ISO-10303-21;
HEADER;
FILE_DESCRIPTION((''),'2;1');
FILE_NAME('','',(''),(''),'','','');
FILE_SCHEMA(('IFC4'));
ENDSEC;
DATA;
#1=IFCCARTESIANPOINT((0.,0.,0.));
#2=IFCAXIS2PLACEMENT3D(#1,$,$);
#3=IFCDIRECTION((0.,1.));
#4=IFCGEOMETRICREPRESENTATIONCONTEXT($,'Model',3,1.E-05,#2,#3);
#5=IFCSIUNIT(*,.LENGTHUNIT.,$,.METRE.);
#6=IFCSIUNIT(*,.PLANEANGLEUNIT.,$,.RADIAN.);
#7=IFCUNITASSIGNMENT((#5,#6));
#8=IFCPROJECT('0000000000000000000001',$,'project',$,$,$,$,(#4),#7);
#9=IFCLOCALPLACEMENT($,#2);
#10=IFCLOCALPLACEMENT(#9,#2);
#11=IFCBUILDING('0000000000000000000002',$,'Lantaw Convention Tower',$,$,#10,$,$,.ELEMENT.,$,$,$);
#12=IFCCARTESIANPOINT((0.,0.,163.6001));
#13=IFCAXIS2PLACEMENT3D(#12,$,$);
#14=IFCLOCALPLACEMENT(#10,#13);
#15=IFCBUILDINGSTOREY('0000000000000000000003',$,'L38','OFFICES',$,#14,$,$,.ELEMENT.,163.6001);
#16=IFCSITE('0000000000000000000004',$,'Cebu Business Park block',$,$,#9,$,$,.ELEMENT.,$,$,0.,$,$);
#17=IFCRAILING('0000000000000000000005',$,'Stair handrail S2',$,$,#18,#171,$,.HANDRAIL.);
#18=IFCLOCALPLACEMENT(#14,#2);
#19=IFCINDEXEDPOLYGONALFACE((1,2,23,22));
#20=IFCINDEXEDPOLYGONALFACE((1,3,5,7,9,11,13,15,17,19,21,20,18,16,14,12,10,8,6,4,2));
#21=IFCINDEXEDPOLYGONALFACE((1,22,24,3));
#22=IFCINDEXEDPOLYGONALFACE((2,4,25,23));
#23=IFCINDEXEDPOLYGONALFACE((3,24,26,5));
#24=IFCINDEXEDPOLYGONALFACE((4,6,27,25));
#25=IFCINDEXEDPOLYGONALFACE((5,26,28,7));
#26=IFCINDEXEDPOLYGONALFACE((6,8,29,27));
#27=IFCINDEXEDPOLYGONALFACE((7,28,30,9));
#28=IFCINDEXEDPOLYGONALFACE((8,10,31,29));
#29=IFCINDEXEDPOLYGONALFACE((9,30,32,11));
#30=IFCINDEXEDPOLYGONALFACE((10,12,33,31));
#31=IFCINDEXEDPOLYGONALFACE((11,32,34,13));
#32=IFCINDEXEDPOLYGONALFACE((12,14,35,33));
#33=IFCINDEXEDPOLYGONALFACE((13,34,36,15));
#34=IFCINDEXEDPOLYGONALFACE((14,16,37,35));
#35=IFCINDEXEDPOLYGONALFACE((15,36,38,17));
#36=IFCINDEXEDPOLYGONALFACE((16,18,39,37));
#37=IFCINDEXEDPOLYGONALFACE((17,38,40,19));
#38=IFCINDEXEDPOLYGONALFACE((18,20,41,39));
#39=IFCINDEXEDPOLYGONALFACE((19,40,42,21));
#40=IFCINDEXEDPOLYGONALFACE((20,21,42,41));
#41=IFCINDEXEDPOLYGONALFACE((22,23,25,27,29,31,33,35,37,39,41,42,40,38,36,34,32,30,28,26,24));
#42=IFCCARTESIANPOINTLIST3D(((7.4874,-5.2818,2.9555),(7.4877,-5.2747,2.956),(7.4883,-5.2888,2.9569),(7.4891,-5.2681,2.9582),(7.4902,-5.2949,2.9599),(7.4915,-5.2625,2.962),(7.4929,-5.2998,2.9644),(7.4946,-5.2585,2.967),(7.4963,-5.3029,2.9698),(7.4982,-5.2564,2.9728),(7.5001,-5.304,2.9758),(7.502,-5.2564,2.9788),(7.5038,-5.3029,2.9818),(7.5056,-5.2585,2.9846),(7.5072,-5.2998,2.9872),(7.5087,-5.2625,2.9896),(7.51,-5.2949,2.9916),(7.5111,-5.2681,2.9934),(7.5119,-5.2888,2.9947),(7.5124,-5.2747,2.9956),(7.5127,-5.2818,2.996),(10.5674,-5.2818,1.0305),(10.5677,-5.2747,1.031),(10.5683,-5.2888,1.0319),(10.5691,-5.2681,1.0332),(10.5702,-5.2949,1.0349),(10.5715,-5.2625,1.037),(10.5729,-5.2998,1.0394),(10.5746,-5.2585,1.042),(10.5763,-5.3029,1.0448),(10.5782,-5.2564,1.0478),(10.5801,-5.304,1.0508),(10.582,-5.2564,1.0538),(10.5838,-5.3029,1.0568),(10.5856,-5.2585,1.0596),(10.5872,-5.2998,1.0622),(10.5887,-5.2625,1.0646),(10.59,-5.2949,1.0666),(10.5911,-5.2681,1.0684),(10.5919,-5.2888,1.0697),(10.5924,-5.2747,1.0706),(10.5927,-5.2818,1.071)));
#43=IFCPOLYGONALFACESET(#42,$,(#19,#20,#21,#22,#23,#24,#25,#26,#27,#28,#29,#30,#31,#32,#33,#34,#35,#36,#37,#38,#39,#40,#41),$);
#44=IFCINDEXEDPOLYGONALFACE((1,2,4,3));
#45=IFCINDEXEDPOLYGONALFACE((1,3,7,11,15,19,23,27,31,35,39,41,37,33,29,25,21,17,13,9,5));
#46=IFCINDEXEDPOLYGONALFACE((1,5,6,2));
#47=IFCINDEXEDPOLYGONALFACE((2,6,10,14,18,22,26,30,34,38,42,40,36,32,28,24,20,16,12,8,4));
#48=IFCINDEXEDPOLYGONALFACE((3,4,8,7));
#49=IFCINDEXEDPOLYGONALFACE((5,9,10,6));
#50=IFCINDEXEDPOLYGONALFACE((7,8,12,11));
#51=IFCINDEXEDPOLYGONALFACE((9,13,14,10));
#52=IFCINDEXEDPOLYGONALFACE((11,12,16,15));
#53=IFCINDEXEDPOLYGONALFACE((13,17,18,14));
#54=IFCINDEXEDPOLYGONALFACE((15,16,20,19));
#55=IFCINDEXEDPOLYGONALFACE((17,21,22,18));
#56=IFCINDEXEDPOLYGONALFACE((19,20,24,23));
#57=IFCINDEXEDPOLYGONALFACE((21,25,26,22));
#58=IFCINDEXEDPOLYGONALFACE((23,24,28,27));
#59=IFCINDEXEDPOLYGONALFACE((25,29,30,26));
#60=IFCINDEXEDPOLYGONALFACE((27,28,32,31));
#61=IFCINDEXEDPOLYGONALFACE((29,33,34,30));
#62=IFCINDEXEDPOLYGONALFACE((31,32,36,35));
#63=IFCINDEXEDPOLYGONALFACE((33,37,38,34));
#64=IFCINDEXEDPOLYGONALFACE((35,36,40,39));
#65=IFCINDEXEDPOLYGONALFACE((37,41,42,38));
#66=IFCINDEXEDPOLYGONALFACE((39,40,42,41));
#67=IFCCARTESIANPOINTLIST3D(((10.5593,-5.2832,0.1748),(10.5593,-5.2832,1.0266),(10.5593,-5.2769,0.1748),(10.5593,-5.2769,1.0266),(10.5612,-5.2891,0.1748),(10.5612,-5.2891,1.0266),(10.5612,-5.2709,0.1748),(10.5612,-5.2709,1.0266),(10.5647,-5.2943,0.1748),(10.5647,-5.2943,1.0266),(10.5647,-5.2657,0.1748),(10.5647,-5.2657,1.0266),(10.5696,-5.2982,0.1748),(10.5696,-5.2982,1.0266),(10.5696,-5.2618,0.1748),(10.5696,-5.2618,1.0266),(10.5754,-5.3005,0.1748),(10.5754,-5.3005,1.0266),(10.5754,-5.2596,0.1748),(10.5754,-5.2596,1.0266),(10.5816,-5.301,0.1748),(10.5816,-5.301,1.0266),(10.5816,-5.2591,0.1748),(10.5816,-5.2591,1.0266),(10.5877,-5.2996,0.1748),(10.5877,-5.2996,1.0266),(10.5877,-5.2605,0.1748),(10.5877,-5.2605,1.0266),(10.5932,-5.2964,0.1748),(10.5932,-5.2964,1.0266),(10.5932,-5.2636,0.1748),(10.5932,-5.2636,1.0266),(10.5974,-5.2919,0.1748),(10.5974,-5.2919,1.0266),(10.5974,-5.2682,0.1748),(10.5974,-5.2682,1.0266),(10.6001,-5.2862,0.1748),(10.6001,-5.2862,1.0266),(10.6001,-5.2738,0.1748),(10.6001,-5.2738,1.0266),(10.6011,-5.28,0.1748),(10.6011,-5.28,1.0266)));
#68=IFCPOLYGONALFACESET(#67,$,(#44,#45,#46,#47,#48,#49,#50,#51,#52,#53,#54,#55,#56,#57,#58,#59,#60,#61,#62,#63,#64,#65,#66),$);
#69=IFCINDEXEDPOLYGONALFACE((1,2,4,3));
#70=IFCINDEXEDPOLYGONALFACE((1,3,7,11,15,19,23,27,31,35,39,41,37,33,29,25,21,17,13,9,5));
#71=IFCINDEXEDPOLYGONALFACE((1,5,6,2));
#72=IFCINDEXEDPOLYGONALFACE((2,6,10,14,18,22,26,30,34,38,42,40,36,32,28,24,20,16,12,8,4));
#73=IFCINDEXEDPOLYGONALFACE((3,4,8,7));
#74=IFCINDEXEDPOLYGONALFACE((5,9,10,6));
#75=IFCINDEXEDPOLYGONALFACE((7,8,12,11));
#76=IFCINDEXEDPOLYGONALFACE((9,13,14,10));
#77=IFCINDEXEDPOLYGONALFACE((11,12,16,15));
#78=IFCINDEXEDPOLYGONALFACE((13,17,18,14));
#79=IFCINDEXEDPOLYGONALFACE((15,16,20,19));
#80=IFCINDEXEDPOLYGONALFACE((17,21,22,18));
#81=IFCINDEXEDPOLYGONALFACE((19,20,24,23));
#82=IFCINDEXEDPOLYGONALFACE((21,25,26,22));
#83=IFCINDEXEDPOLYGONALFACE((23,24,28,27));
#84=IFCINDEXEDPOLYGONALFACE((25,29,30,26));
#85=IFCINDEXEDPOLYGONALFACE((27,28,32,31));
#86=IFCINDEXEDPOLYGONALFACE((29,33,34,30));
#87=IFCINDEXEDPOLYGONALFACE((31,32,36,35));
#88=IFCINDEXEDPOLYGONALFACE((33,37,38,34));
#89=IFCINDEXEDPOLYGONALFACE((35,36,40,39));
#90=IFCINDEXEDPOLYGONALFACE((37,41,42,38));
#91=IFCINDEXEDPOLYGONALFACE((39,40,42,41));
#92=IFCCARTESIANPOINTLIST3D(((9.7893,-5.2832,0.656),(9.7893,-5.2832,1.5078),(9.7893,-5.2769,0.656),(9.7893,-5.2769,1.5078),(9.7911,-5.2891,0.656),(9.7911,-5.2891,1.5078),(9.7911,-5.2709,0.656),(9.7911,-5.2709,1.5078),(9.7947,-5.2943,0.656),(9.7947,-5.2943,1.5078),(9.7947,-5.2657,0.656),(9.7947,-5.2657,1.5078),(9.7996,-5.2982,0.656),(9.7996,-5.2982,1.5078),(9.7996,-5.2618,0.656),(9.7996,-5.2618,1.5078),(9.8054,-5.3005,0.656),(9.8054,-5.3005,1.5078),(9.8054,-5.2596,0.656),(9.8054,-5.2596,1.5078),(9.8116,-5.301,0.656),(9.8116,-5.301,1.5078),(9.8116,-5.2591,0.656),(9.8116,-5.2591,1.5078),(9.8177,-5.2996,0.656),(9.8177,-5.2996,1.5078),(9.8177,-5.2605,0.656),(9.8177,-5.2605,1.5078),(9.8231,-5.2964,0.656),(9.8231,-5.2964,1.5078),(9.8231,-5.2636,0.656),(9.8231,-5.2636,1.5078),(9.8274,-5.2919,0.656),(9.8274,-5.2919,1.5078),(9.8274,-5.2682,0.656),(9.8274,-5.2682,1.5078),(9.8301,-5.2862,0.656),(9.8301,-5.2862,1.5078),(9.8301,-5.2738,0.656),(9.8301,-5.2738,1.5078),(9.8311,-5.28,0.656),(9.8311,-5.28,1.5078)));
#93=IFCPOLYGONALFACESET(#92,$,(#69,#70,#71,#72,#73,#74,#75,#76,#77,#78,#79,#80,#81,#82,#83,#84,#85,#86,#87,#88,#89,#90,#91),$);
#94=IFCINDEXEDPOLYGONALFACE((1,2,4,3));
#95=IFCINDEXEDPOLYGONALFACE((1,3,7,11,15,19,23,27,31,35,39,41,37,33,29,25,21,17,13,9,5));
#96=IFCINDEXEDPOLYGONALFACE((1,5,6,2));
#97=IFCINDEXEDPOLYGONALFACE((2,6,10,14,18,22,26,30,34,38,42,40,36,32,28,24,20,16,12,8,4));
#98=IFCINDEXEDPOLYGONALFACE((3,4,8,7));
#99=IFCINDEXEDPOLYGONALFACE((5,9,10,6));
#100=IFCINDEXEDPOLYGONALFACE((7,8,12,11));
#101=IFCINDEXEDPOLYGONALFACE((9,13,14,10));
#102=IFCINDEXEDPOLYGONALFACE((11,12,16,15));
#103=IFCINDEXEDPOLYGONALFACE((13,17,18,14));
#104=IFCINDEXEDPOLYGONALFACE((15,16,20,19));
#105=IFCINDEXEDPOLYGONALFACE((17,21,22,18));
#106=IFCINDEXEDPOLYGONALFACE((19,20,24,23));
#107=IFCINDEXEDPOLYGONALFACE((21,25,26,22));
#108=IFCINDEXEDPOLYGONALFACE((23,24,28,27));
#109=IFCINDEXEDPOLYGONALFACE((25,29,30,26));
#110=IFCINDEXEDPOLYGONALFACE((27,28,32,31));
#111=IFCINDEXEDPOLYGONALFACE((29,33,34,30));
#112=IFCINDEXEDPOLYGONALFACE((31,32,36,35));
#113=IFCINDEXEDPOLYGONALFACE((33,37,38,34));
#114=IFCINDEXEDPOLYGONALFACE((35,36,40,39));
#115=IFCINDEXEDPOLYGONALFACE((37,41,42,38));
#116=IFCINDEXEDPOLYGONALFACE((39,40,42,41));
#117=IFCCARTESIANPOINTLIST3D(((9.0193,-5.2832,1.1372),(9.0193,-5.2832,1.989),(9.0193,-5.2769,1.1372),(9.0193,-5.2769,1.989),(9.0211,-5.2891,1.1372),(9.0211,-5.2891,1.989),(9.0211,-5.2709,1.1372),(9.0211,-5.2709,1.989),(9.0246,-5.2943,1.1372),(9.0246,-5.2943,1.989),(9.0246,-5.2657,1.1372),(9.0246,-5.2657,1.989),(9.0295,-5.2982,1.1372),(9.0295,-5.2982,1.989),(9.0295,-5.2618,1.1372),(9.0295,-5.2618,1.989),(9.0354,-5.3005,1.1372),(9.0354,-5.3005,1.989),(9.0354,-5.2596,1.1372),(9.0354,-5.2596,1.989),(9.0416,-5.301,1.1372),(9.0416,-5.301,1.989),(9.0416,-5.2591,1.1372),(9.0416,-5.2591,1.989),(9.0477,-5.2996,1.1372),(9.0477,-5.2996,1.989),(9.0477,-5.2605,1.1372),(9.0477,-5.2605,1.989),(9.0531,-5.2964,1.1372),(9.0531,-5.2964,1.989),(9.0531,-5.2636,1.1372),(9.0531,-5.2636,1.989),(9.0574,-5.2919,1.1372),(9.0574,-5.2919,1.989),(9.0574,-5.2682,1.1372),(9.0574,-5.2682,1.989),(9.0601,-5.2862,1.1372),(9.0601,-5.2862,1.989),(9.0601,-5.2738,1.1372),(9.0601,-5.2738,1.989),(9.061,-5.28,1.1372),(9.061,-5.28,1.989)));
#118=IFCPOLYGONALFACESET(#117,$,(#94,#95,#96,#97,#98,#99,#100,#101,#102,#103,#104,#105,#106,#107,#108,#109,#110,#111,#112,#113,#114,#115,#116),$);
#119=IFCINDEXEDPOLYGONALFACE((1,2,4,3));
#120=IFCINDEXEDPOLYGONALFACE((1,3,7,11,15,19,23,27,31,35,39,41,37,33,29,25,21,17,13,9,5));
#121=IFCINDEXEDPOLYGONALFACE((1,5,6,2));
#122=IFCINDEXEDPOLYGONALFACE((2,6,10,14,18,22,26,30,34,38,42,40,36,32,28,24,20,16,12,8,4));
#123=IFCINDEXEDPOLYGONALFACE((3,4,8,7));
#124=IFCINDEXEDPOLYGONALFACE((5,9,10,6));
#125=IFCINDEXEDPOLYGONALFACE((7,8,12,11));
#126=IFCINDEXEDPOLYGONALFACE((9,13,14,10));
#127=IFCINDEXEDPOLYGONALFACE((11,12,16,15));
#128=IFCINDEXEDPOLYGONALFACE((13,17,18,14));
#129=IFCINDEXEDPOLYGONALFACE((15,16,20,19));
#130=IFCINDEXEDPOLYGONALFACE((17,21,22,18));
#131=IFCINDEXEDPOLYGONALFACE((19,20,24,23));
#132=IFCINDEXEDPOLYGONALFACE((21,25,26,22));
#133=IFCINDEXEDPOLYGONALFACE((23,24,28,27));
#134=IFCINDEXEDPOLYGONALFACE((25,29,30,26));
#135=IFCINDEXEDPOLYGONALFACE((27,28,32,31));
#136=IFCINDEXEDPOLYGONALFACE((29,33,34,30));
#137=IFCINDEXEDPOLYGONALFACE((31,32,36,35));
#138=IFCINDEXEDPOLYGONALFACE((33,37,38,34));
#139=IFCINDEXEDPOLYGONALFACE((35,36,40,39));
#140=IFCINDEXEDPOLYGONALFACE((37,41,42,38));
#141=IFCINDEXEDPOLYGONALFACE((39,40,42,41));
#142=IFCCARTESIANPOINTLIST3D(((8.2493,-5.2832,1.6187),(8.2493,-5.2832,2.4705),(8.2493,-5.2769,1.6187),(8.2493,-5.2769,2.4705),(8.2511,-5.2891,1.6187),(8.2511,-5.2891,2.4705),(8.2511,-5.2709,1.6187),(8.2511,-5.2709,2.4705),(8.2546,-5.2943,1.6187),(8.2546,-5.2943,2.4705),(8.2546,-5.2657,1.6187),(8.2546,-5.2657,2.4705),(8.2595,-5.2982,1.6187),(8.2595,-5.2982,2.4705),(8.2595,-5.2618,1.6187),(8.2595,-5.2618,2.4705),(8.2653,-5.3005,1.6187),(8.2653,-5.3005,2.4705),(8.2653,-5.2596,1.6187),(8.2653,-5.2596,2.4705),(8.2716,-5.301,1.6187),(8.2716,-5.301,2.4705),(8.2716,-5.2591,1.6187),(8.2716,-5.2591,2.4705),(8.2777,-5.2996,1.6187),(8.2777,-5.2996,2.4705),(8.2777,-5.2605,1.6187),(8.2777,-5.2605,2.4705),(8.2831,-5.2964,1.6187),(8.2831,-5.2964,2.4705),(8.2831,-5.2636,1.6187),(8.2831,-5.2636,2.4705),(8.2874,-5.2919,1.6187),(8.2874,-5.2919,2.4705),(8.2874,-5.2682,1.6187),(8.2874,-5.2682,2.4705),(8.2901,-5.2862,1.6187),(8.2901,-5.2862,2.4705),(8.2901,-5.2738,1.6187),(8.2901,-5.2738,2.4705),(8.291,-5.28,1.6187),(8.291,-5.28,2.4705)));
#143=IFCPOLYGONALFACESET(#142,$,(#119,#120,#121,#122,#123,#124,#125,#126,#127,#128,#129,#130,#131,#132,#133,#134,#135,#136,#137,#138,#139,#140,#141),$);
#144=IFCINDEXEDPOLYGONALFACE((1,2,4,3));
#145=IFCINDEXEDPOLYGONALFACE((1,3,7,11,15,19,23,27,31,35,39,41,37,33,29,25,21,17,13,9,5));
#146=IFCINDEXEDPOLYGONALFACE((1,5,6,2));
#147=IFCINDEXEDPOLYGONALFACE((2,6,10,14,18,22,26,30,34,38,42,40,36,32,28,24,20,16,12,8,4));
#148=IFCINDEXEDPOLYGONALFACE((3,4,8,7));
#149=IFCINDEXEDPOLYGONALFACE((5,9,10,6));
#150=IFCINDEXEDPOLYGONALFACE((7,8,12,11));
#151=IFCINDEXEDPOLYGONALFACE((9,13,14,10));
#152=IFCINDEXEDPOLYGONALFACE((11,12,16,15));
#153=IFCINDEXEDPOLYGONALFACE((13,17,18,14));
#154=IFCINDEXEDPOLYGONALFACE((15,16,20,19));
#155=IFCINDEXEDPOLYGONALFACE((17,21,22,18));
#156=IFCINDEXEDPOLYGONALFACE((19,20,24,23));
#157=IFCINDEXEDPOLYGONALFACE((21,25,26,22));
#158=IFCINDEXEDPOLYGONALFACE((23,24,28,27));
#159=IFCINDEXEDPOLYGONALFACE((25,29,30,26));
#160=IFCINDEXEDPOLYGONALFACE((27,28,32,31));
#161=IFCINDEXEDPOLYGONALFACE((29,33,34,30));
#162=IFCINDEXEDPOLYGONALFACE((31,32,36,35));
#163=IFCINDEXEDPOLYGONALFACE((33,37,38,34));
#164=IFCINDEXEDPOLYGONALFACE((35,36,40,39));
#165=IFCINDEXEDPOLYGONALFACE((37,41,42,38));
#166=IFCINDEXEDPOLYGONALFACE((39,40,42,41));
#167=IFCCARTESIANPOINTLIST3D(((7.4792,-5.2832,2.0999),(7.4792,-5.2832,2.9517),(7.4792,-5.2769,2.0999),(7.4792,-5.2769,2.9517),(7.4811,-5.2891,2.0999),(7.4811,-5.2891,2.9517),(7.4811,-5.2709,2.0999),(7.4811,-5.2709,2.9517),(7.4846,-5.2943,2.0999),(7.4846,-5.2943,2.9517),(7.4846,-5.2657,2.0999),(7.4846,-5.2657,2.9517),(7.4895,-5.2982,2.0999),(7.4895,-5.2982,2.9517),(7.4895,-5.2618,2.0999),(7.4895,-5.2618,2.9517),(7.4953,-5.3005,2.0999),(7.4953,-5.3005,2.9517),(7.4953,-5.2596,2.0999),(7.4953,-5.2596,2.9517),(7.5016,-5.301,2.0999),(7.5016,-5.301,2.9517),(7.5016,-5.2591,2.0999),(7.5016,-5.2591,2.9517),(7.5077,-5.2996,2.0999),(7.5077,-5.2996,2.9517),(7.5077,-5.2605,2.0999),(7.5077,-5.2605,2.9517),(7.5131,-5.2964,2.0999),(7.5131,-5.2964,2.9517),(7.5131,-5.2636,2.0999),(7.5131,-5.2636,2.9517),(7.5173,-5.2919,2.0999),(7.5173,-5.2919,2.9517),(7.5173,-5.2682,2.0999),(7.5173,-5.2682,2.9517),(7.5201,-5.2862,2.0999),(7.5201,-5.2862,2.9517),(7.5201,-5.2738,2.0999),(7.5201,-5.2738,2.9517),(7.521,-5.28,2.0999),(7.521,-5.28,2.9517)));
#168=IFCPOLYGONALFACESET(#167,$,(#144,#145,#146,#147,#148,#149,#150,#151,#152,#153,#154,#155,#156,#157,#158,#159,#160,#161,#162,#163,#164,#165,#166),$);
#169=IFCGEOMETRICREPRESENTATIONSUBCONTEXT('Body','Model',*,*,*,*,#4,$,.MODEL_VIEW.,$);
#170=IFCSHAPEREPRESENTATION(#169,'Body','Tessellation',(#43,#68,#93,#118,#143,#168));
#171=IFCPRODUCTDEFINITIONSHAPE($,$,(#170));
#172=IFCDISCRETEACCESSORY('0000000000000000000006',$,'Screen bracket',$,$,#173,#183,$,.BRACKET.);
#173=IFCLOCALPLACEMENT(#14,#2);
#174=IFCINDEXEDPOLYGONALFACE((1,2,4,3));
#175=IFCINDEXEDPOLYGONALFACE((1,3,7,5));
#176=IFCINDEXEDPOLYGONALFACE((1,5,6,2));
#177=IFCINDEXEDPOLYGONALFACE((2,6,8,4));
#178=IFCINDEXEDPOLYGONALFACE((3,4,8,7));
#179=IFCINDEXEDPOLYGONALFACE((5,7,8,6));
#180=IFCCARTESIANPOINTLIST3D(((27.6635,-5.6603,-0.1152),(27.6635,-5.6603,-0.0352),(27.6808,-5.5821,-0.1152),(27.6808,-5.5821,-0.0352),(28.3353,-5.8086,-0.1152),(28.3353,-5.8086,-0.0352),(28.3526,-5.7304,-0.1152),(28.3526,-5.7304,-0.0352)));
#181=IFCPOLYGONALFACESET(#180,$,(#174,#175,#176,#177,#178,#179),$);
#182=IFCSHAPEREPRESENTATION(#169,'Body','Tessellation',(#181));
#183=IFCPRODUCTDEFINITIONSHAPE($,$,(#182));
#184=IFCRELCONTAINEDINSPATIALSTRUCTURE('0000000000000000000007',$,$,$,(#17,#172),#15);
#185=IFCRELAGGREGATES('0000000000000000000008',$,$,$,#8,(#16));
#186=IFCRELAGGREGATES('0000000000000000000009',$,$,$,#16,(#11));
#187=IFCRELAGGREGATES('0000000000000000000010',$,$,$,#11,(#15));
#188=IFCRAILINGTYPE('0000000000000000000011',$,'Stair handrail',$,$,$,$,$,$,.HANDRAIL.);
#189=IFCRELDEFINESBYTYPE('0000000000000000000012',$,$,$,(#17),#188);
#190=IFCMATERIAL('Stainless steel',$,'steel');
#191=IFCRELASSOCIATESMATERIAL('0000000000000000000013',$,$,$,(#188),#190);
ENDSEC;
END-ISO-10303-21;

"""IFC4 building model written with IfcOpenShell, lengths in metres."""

from ifc_helpers import new_model, si_unit, direction, frame, origin, origin_2d, place, context, subcontext, project, spatial, rectangle, circle, extrude, material, type_object, element, save


model = new_model("IFC4")

# Units and contexts
model_context = context("Model", 3, precision=1e-05, world=origin(), true_north=direction((0.0, 1.0)))
body_context = subcontext(model_context, "Body", "Model", "MODEL_VIEW")
ifc_project = project(units=[si_unit("LENGTHUNIT", "METRE"), si_unit("PLANEANGLEUNIT", "RADIAN")], contexts=[model_context])

# Site, building, storey
site_placement = place(None, origin())
site = spatial("IfcSite", under=ifc_project, at=site_placement, Name="Cebu Business Park block", CompositionType="ELEMENT", RefElevation=0.0)
building_placement = place(site_placement, origin())
building = spatial("IfcBuilding", under=site, at=building_placement, Name="Lantaw Convention Tower", CompositionType="ELEMENT")
storey_placement = place(building_placement, frame((0.0, 0.0, 163.6001)))
storey = spatial("IfcBuildingStorey", under=building, at=storey_placement, Name="L38", Description="OFFICES", CompositionType="ELEMENT", Elevation=163.6001)

# Railing
ifc_material_1 = material(Name="Stainless steel", Category="steel")
railing_type = type_object("IfcRailingType", Name="Stair handrail", PredefinedType="HANDRAIL", material=ifc_material_1)
railing_placement = place(storey_placement, frame((10.5801, -5.28, 0.1748)))
element("IfcRailing", 1, at=railing_placement, inside=storey, type_object=railing_type, Name="Stair handrail S2", PredefinedType="HANDRAIL", context=body_context, shape_type="SweptSolid", body=[
    extrude(circle(Radius=0.0239, at=origin_2d()), frame((0.0, 0.0, 0.876), z_axis=(-0.847998, 0.0, 0.529999), x_axis=(0.0, -1.0, 0.0)), (0.0, 0.0, 1.0), 3.6321),
    extrude(circle(Radius=0.021, at=origin_2d()), origin(), (0.0, 0.0, 1.0), 0.8518),
    extrude(circle(Radius=0.021, at=origin_2d()), frame((-0.77, 0.0, 0.4812)), (0.0, 0.0, 1.0), 0.8518),
    extrude(circle(Radius=0.021, at=origin_2d()), frame((-1.54, 0.0, 0.9624)), (0.0, 0.0, 1.0), 0.8518),
    extrude(circle(Radius=0.021, at=origin_2d()), frame((-2.3101, 0.0, 1.4438)), (0.0, 0.0, 1.0), 0.8518),
    extrude(circle(Radius=0.021, at=origin_2d()), frame((-3.0801, 0.0, 1.925)), (0.0, 0.0, 1.0), 0.8518),
])

# Discrete accessory
discrete_accessory_placement = place(storey_placement, frame((28.0081, -5.6953, -0.1152), z_axis=(0.0, 0.0, 1.0), x_axis=(0.215546, 0.976494, 0.0)))
element("IfcDiscreteAccessory", 2, at=discrete_accessory_placement, inside=storey, Name="Screen bracket", PredefinedType="BRACKET", context=body_context, shape_type="SweptSolid", body=[
    extrude(rectangle(XDim=0.0801, YDim=0.688, at=origin_2d()), origin(), (0.0, 0.0, 1.0), 0.0801),
])

save(model, "model.ifc")
